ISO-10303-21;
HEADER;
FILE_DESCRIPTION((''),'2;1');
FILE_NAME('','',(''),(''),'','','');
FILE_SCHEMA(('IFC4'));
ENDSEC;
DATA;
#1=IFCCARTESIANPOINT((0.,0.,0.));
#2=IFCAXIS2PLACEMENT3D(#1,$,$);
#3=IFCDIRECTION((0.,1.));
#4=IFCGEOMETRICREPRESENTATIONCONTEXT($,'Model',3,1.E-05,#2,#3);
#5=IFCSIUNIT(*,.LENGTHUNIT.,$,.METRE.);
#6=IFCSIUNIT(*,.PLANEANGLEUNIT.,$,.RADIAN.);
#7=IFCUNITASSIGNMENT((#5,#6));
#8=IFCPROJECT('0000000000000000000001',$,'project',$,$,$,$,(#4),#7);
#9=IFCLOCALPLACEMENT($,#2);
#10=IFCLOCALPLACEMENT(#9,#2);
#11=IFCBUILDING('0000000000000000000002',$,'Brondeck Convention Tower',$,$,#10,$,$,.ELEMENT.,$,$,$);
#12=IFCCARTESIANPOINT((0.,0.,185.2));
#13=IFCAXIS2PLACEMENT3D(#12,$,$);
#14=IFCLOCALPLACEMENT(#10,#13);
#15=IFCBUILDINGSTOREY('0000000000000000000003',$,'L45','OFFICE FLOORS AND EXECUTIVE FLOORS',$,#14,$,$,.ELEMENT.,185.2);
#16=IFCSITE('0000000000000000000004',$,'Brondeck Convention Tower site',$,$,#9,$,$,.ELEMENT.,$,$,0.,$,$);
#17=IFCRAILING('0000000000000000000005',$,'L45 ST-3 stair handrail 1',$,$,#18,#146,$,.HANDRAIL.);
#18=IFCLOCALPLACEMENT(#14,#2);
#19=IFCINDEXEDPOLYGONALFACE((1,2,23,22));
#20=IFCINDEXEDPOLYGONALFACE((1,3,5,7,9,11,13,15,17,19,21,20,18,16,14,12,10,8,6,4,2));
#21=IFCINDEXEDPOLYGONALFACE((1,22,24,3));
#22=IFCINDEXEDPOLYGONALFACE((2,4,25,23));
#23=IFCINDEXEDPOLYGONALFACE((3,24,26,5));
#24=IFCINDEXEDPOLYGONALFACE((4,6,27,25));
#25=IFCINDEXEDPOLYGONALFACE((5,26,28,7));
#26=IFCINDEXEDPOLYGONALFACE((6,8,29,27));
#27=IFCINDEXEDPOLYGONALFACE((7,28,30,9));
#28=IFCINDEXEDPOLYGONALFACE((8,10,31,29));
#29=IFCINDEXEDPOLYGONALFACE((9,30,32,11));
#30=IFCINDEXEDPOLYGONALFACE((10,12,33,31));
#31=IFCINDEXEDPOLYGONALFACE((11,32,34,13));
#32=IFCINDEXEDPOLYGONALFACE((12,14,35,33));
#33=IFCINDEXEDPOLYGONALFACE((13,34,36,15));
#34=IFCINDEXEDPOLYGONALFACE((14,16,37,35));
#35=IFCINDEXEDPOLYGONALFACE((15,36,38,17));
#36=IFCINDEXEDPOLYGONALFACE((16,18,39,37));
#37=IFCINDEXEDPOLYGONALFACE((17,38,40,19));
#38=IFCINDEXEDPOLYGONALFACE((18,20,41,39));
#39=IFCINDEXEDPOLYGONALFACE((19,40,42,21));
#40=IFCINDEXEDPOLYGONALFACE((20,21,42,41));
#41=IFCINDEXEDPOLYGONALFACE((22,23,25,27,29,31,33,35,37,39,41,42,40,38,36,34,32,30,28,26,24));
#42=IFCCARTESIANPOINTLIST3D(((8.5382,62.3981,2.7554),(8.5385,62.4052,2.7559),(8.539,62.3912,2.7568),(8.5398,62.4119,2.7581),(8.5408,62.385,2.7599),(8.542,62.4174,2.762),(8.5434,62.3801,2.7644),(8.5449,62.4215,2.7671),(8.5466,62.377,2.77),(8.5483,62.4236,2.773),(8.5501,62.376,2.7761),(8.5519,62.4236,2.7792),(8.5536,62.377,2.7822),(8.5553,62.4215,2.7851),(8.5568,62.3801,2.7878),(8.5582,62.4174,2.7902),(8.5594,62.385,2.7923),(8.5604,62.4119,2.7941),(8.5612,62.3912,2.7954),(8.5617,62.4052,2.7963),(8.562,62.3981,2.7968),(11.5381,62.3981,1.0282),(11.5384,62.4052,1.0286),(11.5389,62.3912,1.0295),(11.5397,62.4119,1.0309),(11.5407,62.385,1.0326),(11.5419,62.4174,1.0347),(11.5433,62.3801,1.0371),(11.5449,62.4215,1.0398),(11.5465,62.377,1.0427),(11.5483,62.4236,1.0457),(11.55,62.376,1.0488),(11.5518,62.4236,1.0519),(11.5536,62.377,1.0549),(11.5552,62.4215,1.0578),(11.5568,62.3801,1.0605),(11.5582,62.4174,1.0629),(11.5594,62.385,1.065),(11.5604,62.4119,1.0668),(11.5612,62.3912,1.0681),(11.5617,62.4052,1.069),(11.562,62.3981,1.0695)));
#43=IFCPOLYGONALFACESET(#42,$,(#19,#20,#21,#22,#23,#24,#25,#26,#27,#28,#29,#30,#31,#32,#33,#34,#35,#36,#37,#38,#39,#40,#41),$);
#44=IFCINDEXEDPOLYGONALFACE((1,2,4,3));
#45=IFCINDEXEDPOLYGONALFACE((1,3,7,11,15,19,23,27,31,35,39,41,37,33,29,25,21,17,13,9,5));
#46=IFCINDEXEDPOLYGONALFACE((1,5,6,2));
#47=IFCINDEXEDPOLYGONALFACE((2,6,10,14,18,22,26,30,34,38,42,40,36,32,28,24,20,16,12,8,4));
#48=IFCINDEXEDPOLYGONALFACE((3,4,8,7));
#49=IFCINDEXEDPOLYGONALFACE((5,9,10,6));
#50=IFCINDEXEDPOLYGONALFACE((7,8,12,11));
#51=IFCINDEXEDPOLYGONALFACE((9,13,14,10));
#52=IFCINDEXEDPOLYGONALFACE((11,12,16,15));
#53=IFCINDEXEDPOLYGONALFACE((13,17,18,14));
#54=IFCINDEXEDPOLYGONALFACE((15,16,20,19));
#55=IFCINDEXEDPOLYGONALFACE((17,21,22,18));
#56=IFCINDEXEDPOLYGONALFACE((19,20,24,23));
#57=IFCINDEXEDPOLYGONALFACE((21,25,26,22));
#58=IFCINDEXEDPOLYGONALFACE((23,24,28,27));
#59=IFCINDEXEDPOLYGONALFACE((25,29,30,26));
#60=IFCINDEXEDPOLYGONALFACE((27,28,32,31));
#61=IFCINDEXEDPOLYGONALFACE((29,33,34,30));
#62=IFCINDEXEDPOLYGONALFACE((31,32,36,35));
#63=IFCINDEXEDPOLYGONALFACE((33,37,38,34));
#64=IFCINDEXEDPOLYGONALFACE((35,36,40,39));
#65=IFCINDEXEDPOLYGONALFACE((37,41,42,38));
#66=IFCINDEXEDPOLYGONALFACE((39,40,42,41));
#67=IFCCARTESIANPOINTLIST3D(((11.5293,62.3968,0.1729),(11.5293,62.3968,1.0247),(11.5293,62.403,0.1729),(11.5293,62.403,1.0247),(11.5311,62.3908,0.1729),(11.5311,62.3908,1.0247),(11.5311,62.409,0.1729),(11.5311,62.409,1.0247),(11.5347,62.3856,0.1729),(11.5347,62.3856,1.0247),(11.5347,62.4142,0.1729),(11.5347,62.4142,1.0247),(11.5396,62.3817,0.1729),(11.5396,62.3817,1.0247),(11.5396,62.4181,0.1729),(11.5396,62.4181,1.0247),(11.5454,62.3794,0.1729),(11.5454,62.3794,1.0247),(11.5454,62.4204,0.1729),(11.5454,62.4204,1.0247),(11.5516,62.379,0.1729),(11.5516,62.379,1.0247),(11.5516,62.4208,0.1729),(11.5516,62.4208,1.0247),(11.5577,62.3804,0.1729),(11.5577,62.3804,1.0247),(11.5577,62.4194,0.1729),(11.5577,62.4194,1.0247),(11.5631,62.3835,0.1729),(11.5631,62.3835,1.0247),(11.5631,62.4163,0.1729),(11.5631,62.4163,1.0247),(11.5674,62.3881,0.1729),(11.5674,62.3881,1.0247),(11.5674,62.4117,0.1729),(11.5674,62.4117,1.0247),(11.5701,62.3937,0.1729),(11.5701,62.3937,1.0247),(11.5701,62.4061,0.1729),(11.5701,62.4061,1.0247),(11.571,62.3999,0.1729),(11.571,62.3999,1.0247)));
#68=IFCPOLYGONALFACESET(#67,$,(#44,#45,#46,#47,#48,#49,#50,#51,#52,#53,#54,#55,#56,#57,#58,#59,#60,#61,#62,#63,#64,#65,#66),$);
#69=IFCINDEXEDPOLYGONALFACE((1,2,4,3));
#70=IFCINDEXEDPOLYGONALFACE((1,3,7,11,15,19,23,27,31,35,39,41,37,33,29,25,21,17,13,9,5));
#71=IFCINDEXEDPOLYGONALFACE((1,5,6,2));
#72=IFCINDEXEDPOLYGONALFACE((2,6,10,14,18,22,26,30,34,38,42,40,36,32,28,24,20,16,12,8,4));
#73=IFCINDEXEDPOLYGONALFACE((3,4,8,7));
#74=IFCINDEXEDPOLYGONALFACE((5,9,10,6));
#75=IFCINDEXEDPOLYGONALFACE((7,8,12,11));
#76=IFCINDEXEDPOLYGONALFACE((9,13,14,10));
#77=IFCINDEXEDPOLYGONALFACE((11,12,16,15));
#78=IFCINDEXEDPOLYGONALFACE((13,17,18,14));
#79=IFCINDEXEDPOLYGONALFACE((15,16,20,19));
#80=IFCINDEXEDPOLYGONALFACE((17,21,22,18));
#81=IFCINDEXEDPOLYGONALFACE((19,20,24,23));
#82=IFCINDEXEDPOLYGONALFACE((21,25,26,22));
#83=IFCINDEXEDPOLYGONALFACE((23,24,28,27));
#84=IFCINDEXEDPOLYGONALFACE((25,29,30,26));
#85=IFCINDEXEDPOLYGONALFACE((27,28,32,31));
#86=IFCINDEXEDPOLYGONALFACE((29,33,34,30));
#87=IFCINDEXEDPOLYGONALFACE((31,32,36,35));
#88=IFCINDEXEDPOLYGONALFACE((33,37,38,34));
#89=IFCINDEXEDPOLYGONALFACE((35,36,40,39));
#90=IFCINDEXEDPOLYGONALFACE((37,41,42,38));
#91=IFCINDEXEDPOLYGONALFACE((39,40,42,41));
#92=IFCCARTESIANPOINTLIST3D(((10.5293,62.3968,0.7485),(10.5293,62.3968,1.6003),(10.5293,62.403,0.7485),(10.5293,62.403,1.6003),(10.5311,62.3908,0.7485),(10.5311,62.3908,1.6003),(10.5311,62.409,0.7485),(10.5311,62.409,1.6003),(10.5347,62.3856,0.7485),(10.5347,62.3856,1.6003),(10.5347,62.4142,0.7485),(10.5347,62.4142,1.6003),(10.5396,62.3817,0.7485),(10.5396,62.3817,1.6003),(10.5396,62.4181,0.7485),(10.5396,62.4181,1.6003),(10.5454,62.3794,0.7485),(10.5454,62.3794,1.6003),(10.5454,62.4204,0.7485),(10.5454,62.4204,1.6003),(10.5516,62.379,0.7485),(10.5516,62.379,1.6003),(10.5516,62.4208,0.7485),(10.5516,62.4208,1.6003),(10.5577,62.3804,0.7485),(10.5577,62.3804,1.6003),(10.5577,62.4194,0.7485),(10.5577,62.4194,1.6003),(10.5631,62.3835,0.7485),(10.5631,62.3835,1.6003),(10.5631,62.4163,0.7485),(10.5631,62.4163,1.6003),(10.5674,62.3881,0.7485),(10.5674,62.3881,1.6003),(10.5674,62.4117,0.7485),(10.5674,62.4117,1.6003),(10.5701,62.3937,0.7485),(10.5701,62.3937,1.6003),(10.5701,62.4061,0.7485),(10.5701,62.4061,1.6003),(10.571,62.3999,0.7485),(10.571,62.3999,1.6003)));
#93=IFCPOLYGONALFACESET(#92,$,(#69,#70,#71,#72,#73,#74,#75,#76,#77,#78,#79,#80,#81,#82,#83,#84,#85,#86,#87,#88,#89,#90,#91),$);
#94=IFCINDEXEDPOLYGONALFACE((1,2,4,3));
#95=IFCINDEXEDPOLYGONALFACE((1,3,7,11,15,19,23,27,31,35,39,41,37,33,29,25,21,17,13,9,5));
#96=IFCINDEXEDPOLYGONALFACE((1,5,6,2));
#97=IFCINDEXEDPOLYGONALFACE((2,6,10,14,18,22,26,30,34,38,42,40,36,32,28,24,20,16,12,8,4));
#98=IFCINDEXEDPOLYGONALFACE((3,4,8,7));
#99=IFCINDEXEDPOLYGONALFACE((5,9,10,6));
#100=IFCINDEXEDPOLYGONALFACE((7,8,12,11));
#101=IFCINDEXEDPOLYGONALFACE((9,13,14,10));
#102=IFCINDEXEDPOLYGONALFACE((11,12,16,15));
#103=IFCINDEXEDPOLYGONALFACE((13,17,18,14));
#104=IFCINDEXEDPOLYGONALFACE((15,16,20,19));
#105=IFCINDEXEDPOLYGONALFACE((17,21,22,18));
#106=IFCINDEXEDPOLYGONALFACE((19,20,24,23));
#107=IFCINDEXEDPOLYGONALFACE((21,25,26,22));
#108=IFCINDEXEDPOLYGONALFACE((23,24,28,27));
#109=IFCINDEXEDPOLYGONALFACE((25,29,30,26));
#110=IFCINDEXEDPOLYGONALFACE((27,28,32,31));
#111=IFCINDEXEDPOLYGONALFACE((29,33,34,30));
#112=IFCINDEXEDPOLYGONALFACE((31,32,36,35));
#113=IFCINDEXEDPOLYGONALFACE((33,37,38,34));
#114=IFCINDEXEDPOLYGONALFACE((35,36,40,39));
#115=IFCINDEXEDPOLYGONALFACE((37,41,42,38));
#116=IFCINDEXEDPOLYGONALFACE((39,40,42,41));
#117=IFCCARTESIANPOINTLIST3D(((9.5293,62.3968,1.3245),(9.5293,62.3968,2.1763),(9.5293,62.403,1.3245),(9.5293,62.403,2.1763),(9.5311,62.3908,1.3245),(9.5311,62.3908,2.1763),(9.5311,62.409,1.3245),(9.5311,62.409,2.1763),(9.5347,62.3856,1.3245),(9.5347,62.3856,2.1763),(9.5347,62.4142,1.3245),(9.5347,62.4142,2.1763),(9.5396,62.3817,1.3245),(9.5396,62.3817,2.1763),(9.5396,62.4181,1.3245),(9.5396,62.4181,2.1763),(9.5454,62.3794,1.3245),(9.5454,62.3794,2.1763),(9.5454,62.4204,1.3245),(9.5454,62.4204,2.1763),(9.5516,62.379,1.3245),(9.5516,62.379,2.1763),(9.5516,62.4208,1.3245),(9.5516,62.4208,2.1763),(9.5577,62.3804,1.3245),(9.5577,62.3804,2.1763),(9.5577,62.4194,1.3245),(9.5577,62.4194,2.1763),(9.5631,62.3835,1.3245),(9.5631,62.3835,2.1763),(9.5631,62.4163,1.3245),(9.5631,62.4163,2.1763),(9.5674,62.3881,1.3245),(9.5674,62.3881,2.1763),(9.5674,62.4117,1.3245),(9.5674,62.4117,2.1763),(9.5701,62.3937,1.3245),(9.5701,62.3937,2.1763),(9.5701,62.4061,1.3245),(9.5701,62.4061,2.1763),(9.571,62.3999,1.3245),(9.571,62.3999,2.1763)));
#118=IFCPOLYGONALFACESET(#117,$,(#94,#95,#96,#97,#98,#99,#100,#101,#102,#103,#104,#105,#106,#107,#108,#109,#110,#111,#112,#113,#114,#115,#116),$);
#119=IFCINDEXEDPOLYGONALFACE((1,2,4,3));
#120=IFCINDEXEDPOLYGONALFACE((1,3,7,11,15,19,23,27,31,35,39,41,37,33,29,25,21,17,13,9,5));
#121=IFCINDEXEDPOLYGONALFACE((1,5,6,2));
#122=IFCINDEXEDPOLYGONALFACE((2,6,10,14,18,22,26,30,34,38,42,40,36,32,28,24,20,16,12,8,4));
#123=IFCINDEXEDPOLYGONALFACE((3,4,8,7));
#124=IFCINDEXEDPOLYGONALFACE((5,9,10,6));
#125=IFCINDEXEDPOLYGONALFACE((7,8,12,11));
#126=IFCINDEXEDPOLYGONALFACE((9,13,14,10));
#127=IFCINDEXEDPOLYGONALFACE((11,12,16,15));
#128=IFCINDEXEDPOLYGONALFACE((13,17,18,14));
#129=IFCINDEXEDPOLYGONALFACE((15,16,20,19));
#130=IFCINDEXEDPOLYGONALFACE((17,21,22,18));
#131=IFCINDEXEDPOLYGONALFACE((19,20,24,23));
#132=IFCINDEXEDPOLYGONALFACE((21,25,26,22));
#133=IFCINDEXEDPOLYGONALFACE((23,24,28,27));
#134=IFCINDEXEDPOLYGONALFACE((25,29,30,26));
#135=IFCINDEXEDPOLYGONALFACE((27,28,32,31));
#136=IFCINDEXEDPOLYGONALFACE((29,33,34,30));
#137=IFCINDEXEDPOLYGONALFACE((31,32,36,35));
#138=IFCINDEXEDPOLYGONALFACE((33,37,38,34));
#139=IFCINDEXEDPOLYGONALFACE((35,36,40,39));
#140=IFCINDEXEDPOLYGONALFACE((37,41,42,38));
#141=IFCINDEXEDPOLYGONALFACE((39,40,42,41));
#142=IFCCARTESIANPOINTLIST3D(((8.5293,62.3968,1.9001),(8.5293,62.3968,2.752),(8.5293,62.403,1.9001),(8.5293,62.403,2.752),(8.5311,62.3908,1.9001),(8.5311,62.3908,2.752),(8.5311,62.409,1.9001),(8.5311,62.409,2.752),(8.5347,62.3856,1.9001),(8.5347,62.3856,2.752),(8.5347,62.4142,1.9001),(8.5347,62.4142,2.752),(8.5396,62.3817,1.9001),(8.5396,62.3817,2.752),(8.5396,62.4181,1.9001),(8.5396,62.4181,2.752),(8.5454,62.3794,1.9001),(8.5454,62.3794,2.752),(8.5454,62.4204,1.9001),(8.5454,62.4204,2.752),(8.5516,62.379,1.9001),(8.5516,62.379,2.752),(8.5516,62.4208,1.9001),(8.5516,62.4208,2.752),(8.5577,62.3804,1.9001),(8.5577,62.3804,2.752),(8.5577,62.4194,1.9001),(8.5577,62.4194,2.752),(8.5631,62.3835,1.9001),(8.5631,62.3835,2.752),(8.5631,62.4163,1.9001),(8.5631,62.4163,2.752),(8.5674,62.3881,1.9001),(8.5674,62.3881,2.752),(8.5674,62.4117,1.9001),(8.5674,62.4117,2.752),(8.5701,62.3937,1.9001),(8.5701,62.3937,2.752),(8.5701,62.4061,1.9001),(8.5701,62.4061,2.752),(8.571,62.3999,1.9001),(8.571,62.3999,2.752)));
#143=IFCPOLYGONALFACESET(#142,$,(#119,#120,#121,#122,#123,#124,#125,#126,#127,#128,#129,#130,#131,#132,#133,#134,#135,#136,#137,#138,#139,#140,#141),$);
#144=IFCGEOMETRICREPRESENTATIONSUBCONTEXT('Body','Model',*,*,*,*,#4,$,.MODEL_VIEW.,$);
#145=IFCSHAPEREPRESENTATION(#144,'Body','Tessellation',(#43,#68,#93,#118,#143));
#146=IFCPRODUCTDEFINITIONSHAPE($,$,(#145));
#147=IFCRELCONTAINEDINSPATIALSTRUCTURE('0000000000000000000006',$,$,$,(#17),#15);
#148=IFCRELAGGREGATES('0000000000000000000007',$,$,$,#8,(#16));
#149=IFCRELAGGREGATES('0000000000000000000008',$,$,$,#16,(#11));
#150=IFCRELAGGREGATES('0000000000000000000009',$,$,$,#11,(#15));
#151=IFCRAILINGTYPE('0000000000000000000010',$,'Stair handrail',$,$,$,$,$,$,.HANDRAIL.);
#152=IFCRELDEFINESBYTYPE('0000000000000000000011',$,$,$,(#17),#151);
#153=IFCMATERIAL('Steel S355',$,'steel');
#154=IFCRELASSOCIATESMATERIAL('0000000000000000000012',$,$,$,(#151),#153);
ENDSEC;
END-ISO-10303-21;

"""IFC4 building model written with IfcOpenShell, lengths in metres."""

from ifc_helpers import new_model, si_unit, direction, frame, origin, origin_2d, place, context, subcontext, project, spatial, circle, extrude, material, type_object, element, save


model = new_model("IFC4")

# Units and contexts
model_context = context("Model", 3, precision=1e-05, world=origin(), true_north=direction((0.0, 1.0)))
body_context = subcontext(model_context, "Body", "Model", "MODEL_VIEW")
ifc_project = project(units=[si_unit("LENGTHUNIT", "METRE"), si_unit("PLANEANGLEUNIT", "RADIAN")], contexts=[model_context])

# Site, building, storey
site_placement = place(None, origin())
site = spatial("IfcSite", under=ifc_project, at=site_placement, Name="Brondeck Convention Tower site", CompositionType="ELEMENT", RefElevation=0.0)
building_placement = place(site_placement, origin())
building = spatial("IfcBuilding", under=site, at=building_placement, Name="Brondeck Convention Tower", CompositionType="ELEMENT")
storey_placement = place(building_placement, frame((0.0, 0.0, 185.2)))
storey = spatial("IfcBuildingStorey", under=building, at=storey_placement, Name="L45", Description="OFFICE FLOORS AND EXECUTIVE FLOORS", CompositionType="ELEMENT", Elevation=185.2)

# Railing
ifc_material_1 = material(Name="Steel S355", Category="steel")
railing_type_1 = type_object("IfcRailingType", Name="Stair handrail", PredefinedType="HANDRAIL", material=ifc_material_1)
railing_1_placement = place(storey_placement, frame((11.55, 62.3999, 0.1729)))
element("IfcRailing", 1, at=railing_1_placement, inside=storey, type_object=railing_type_1, Name="L45 ST-3 stair handrail 1", PredefinedType="HANDRAIL", context=body_context, shape_type="SweptSolid", body=[
    extrude(circle(Radius=0.0239, at=origin_2d()), frame((0.0, 0.0, 0.876), z_axis=(-0.86662, 0.0, 0.498969), x_axis=(0.0, -1.0, 0.0)), (0.0, 0.0, 1.0), 3.4617),
    extrude(circle(Radius=0.021, at=origin_2d()), origin(), (0.0, 0.0, 1.0), 0.8518),
    extrude(circle(Radius=0.021, at=origin_2d()), frame((-1.0, 0.0, 0.5757)), (0.0, 0.0, 1.0), 0.8518),
    extrude(circle(Radius=0.021, at=origin_2d()), frame((-2.0, 0.0, 1.1516)), (0.0, 0.0, 1.0), 0.8518),
    extrude(circle(Radius=0.021, at=origin_2d()), frame((-3.0, 0.0, 1.7273)), (0.0, 0.0, 1.0), 0.8518),
])

save(model, "model.ifc")
